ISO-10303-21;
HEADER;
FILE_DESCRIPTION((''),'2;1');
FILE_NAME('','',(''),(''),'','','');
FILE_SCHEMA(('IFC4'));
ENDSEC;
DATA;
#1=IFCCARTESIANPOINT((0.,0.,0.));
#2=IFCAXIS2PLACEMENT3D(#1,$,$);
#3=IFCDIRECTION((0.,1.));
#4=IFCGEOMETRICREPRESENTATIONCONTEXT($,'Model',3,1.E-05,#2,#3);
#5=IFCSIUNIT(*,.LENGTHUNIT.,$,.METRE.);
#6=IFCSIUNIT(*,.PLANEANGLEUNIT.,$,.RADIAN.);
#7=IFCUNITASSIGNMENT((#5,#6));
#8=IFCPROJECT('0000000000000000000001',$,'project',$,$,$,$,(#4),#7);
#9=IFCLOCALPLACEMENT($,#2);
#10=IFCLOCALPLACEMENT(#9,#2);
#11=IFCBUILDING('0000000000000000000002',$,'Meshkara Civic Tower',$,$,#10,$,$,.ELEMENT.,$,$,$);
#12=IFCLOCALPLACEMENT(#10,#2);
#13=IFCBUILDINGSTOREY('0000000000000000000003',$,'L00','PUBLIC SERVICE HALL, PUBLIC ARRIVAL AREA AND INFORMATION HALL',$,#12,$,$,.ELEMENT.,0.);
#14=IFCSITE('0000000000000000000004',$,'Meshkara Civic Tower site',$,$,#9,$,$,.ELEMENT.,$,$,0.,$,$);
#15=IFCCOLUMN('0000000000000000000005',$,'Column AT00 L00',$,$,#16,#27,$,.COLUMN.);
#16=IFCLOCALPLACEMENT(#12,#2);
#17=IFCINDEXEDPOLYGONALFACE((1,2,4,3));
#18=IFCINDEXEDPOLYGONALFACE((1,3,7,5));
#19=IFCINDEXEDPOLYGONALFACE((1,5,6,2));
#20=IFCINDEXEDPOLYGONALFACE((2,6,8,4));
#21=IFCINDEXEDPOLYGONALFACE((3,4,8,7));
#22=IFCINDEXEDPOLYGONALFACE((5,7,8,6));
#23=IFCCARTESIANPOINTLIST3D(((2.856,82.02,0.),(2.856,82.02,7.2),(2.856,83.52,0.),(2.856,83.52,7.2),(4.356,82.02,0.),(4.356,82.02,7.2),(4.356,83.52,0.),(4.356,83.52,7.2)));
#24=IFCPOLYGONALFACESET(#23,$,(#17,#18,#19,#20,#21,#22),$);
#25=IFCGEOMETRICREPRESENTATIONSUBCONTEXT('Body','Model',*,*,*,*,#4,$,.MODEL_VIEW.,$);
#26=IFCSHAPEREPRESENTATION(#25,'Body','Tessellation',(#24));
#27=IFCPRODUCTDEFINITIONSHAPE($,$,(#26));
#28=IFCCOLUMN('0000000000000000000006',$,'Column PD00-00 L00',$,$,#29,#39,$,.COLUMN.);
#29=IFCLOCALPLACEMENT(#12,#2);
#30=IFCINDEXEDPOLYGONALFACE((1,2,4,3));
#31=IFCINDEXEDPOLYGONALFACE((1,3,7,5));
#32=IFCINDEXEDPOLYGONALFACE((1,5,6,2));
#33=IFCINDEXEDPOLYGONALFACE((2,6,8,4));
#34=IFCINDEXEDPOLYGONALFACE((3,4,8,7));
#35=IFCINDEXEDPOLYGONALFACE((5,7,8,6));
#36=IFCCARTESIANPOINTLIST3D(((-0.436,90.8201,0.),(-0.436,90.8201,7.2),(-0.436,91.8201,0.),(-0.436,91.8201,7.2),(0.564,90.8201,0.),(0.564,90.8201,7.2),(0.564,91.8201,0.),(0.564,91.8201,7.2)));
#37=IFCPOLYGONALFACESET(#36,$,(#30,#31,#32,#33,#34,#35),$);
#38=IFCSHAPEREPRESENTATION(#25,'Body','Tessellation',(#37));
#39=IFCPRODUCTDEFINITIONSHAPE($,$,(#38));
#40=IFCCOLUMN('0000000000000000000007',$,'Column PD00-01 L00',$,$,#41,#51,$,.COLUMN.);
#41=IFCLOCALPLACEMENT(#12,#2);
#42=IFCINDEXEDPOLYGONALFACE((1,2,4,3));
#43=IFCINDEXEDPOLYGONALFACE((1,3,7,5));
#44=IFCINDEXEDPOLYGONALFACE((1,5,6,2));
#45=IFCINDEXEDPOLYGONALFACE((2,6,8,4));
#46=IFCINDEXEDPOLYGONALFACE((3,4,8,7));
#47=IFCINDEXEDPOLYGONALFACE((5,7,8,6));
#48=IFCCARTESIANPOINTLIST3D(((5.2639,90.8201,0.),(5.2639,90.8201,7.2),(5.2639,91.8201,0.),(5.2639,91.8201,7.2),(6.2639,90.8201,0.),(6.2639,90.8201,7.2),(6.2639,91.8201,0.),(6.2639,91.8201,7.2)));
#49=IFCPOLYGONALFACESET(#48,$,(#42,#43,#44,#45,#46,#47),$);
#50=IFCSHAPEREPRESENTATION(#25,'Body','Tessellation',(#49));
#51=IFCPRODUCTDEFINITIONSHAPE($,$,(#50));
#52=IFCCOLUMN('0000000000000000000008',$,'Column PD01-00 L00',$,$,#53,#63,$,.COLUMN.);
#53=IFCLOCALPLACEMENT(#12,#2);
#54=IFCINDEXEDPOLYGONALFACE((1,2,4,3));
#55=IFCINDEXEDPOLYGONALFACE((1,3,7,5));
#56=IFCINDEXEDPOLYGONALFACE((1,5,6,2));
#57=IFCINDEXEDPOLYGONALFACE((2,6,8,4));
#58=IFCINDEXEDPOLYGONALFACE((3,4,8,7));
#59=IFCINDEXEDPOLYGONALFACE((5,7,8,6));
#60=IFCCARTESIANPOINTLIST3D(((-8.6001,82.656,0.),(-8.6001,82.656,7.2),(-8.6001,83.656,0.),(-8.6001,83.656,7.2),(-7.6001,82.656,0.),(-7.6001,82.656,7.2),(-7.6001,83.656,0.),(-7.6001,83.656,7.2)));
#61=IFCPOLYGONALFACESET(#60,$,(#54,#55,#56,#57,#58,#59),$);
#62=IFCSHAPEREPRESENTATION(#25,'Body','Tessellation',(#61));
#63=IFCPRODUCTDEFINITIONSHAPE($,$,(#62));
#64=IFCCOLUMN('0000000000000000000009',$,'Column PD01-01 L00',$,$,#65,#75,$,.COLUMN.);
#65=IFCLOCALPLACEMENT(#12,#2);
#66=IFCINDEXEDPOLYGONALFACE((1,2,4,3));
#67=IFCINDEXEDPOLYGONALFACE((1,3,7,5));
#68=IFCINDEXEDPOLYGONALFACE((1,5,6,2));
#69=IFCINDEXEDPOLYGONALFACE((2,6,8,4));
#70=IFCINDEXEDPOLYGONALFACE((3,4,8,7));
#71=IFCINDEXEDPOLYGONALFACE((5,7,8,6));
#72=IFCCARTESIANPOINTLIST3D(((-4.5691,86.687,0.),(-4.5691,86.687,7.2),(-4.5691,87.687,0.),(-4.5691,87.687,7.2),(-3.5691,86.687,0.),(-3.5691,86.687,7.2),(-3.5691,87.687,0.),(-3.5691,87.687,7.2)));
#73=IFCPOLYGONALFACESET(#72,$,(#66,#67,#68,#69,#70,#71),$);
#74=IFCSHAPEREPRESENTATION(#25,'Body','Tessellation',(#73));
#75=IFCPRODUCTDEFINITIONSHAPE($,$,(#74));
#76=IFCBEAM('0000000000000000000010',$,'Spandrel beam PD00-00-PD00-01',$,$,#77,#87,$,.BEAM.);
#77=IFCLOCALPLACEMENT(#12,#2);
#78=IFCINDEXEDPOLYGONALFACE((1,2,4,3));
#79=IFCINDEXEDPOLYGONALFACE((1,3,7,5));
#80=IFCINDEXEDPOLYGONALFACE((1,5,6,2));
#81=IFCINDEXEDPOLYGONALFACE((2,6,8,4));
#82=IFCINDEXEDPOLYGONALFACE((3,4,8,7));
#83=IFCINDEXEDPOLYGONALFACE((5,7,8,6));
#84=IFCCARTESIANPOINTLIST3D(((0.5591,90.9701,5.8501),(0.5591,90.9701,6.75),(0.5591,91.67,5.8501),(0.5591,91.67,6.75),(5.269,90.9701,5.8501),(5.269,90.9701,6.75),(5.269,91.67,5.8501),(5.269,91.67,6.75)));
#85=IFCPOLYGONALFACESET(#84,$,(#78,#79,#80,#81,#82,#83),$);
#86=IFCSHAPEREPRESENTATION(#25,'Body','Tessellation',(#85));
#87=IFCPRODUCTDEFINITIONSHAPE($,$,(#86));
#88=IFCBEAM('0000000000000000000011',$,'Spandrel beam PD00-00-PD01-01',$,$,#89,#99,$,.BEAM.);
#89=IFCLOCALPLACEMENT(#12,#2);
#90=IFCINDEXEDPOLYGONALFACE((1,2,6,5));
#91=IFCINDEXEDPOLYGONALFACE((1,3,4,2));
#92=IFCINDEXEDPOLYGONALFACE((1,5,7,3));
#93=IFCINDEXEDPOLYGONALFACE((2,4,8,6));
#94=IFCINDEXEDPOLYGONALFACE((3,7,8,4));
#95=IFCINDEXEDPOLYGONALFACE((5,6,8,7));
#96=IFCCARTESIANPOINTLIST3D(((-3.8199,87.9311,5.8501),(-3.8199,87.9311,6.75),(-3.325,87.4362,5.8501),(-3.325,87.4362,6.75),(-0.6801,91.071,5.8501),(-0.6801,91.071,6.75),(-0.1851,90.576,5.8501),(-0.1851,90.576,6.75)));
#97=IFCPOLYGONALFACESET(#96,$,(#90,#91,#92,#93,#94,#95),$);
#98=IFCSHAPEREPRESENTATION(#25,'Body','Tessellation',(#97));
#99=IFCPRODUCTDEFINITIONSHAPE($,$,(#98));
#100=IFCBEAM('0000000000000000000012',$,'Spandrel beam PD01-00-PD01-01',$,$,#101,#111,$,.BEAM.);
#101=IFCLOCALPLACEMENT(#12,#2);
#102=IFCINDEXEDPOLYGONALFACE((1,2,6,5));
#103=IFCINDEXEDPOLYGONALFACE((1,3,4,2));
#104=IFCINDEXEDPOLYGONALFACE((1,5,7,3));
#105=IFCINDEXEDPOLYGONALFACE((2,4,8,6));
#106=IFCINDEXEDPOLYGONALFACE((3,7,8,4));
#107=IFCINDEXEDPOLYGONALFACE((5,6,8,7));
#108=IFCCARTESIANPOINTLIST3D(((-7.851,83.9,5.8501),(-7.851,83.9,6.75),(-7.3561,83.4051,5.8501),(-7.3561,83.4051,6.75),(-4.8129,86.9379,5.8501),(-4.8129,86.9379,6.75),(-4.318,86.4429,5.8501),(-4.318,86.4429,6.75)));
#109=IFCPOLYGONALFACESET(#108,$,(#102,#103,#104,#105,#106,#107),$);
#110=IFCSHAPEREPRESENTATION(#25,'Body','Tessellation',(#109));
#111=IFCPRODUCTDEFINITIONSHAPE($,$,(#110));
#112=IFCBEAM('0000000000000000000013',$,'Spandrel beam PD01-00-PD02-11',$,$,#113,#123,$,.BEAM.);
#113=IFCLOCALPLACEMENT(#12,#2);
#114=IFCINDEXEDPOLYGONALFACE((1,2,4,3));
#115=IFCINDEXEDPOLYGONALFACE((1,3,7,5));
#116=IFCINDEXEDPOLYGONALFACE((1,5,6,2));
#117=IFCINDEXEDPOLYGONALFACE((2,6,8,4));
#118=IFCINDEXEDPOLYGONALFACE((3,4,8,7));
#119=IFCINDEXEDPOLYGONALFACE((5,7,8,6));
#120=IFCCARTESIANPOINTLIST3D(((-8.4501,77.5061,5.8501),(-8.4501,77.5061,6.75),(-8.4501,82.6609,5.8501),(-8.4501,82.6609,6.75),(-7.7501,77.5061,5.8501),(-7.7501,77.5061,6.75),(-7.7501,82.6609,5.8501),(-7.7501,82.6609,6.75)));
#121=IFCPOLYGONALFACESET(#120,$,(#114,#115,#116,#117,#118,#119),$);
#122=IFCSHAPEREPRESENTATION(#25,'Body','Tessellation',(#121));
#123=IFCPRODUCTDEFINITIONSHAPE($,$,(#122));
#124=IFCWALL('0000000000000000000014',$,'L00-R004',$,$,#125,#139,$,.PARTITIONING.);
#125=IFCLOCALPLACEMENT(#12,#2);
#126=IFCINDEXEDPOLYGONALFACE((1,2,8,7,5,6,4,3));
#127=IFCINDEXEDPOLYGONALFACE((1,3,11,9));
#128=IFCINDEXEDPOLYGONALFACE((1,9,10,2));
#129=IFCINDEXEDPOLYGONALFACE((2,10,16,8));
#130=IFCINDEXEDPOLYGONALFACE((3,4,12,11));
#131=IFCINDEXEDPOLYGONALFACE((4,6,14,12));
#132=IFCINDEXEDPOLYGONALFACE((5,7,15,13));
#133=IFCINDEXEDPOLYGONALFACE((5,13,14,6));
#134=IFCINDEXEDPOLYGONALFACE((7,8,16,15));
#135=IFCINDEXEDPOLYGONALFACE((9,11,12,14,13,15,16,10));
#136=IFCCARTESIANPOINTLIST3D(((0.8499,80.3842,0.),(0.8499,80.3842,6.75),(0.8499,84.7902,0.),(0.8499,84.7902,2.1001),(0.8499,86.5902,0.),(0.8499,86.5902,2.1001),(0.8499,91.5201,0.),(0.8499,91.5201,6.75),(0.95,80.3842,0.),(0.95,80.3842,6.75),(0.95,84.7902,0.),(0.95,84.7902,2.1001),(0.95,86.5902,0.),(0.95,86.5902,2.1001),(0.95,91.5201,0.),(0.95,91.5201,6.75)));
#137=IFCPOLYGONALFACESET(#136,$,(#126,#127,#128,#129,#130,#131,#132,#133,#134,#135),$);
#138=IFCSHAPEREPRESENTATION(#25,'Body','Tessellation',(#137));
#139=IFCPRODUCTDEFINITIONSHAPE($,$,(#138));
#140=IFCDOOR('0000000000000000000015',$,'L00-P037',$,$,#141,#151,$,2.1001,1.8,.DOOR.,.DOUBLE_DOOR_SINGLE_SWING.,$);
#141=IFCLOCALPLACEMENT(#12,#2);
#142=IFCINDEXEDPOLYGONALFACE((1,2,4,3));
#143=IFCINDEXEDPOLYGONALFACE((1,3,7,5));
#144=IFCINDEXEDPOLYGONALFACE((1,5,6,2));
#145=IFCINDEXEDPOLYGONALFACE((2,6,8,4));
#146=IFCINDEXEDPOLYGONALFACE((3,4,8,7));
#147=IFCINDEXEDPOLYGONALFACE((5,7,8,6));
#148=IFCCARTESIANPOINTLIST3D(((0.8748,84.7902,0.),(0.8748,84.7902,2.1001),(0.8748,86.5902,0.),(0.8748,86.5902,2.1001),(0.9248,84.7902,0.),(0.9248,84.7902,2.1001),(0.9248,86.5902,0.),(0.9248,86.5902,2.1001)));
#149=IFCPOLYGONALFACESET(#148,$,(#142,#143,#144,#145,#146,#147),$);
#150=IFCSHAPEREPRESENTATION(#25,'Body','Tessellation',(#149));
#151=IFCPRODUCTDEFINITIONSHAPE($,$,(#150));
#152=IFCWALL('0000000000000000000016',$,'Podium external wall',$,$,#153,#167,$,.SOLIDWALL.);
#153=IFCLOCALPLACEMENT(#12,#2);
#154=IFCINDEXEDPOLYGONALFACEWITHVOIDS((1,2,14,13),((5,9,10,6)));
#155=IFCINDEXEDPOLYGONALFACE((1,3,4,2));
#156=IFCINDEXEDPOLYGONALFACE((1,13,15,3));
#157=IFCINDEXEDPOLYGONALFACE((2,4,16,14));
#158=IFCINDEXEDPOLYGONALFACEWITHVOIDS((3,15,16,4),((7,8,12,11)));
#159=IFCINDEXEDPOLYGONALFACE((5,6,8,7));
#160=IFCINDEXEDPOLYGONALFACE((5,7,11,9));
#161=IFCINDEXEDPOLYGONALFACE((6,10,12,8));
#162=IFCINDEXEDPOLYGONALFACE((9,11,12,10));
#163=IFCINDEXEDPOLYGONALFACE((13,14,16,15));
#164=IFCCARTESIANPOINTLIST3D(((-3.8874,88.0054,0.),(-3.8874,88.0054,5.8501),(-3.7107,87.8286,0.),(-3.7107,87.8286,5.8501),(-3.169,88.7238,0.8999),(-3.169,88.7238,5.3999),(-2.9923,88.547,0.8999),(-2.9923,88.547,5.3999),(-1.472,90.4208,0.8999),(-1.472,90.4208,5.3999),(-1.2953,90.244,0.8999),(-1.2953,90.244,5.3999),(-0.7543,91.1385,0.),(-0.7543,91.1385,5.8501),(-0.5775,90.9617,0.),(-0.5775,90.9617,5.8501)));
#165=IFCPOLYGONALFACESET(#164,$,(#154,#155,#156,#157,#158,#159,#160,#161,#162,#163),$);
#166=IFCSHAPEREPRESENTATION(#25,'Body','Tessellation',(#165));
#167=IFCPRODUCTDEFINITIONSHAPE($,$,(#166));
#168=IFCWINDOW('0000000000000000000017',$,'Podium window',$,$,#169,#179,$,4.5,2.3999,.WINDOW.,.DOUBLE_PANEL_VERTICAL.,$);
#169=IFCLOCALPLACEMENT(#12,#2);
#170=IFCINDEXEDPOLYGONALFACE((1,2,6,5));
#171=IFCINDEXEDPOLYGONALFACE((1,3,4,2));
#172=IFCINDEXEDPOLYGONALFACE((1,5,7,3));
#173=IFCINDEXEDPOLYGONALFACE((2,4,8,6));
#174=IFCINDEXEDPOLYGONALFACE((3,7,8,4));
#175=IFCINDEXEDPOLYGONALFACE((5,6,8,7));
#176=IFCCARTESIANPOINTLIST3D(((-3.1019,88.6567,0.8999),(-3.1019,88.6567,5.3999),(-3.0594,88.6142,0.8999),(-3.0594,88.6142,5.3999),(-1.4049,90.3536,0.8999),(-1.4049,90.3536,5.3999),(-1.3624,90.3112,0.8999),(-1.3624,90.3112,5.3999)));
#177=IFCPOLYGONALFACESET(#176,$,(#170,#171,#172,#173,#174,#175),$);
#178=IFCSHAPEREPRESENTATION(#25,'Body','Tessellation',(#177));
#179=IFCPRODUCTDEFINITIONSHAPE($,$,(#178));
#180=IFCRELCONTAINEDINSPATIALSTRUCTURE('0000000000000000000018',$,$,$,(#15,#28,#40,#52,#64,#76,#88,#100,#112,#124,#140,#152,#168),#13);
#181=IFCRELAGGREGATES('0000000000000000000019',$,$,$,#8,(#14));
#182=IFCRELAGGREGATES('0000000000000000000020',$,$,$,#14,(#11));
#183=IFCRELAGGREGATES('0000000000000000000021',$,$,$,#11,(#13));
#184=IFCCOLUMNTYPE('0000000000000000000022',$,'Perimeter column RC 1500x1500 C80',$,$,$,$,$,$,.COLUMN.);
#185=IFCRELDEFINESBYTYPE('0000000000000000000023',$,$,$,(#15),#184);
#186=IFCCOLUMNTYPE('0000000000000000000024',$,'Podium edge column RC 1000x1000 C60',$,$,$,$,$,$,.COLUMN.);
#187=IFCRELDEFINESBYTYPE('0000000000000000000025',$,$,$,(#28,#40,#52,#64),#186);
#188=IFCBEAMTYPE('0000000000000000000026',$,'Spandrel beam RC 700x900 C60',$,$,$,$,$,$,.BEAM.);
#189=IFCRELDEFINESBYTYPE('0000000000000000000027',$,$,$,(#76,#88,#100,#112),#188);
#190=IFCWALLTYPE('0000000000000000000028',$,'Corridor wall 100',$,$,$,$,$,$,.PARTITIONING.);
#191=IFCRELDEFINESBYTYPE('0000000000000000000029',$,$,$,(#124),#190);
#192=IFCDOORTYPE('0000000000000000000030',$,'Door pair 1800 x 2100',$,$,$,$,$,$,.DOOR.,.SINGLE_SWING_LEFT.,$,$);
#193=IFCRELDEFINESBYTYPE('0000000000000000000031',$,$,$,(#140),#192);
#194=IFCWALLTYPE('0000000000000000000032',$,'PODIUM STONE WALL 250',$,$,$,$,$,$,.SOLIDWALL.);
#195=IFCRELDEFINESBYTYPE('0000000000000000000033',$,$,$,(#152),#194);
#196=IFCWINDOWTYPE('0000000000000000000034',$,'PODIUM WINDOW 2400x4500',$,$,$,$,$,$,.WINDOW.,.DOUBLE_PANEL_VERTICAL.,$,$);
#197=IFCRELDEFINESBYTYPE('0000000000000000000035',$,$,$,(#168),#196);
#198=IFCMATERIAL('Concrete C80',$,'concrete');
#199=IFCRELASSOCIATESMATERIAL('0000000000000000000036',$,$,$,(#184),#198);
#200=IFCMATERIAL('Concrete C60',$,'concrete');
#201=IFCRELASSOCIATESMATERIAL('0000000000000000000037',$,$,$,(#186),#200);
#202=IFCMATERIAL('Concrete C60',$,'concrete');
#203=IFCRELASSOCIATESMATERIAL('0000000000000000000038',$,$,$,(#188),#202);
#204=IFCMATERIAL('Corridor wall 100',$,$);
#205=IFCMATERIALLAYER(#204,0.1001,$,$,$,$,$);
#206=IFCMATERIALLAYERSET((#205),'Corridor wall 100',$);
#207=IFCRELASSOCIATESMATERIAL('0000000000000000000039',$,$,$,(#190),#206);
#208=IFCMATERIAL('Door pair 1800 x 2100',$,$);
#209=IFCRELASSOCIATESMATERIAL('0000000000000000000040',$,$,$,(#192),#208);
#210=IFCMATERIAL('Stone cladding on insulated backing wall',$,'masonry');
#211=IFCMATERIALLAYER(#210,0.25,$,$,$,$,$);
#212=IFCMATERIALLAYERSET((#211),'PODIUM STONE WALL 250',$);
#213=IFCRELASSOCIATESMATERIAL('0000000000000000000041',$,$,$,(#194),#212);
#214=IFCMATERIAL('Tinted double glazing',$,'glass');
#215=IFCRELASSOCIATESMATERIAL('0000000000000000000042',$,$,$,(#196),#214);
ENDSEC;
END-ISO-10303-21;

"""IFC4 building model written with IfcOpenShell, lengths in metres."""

from ifc_helpers import new_model, si_unit, direction, frame, frame_2d, origin, origin_2d, place, context, subcontext, project, spatial, rectangle, extrude, material, layer, layer_set, material_profile, profile_set, type_object, element, fill, save


model = new_model("IFC4")

# Units and contexts
model_context = context("Model", 3, precision=1e-05, world=origin(), true_north=direction((0.0, 1.0)))
body_context = subcontext(model_context, "Body", "Model", "MODEL_VIEW")
ifc_project = project(units=[si_unit("LENGTHUNIT", "METRE"), si_unit("PLANEANGLEUNIT", "RADIAN")], contexts=[model_context])

# Site, building, storey
site_placement = place(None, origin())
site = spatial("IfcSite", under=ifc_project, at=site_placement, Name="Meshkara Civic Tower site", CompositionType="ELEMENT", RefElevation=0.0)
building_placement = place(site_placement, origin())
building = spatial("IfcBuilding", under=site, at=building_placement, Name="Meshkara Civic Tower", CompositionType="ELEMENT")
storey_placement = place(building_placement, origin())
storey = spatial("IfcBuildingStorey", under=building, at=storey_placement, Name="L00", Description="PUBLIC SERVICE HALL, PUBLIC ARRIVAL AREA AND INFORMATION HALL", CompositionType="ELEMENT", Elevation=0.0)

# Columns
ifc_material_1 = material(Name="Concrete C80", Category="concrete")
ifc_material_profile_1 = material_profile(ifc_material_1, rectangle(XDim=1.5, YDim=1.5, at=origin_2d()))
ifc_profile_set_1 = profile_set([ifc_material_profile_1], Name="Concrete C80")
column_type_1 = type_object("IfcColumnType", Name="Perimeter column RC 1500x1500 C80", PredefinedType="COLUMN", material=ifc_profile_set_1)
column_placement = place(storey_placement, frame((3.606, 82.77, 0.0), z_axis=(0.0, 0.0, 1.0), x_axis=(1.0, 0.0, 0.0)))
element("IfcColumn", 1, at=column_placement, inside=storey, type_object=column_type_1, Name="Column AT00 L00", PredefinedType="COLUMN", context=body_context, shape_type="SweptSolid", body=[
    extrude(rectangle(XDim=1.5, YDim=1.5, at=origin_2d()), origin(), (0.0, 0.0, 1.0), 7.2),
])
ifc_material_2 = material(Name="Concrete C60", Category="concrete")
ifc_material_profile_2 = material_profile(ifc_material_2, rectangle(XDim=1.0, YDim=1.0, at=origin_2d()))
ifc_profile_set_2 = profile_set([ifc_material_profile_2], Name="Concrete C60")
column_type_2 = type_object("IfcColumnType", Name="Podium edge column RC 1000x1000 C60", PredefinedType="COLUMN", material=ifc_profile_set_2)
for number, where, z_axis, x_axis, name in (
    (2, (0.064, 91.3201, 0.0), (0.0, 0.0, 1.0), (1.0, 0.0, 0.0), "Column PD00-00 L00"),
    (3, (5.7639, 91.3201, 0.0), (0.0, 0.0, 1.0), (1.0, 0.0, 0.0), "Column PD00-01 L00"),
    (4, (-8.1001, 83.156, 0.0), (0.0, 0.0, 1.0), (1.0, 0.0, 0.0), "Column PD01-00 L00"),
    (5, (-4.0691, 87.187, 0.0), (0.0, 0.0, 1.0), (1.0, 0.0, 0.0), "Column PD01-01 L00"),
):
    element("IfcColumn", number, at=place(storey_placement, frame(where, z_axis=z_axis, x_axis=x_axis)), inside=storey, type_object=column_type_2, Name=name, PredefinedType="COLUMN", context=body_context, shape_type="SweptSolid", body=[
        extrude(rectangle(XDim=1.0, YDim=1.0, at=origin_2d()), origin(), (0.0, 0.0, 1.0), 7.2),
    ])

# Beams
ifc_material_3 = material(Name="Concrete C60", Category="concrete")
ifc_material_profile_3 = material_profile(ifc_material_3, rectangle(XDim=0.7, YDim=0.8999, at=origin_2d()))
ifc_profile_set_3 = profile_set([ifc_material_profile_3], Name="Concrete C60")
beam_type = type_object("IfcBeamType", Name="Spandrel beam RC 700x900 C60", PredefinedType="BEAM", material=ifc_profile_set_3)
beam_1_placement = place(storey_placement, frame((5.269, 91.3201, 6.3), z_axis=(-1.0, 0.0, 0.0), x_axis=(0.0, -1.0, 0.0)))
element("IfcBeam", 6, at=beam_1_placement, inside=storey, type_object=beam_type, Name="Spandrel beam PD00-00-PD00-01", PredefinedType="BEAM", context=body_context, shape_type="SweptSolid", body=[
    extrude(rectangle(XDim=0.7, YDim=0.8999, at=origin_2d()), origin(), (0.0, 0.0, 1.0), 4.71),
])
beam_2_placement = place(storey_placement, frame((-0.4326, 90.8235, 6.3), z_axis=(-0.707107, -0.707107, 0.0), x_axis=(0.707107, -0.707107, 0.0)))
element("IfcBeam", 7, at=beam_2_placement, inside=storey, type_object=beam_type, Name="Spandrel beam PD00-00-PD01-01", PredefinedType="BEAM", context=body_context, shape_type="SweptSolid", body=[
    extrude(rectangle(XDim=0.7, YDim=0.8999, at=origin_2d()), origin(), (0.0, 0.0, 1.0), 4.4404),
])
beam_3_placement = place(storey_placement, frame((-4.5654, 86.6904, 6.3), z_axis=(-0.707135, -0.707078, 0.0), x_axis=(0.707078, -0.707135, 0.0)))
element("IfcBeam", 8, at=beam_3_placement, inside=storey, type_object=beam_type, Name="Spandrel beam PD01-00-PD01-01", PredefinedType="BEAM", context=body_context, shape_type="SweptSolid", body=[
    extrude(rectangle(XDim=0.7, YDim=0.8999, at=origin_2d()), origin(), (0.0, 0.0, 1.0), 4.2964),
])
beam_4_placement = place(storey_placement, frame((-8.1001, 82.6609, 6.3), z_axis=(0.0, -1.0, 0.0), x_axis=(1.0, 0.0, 0.0)))
element("IfcBeam", 9, at=beam_4_placement, inside=storey, type_object=beam_type, Name="Spandrel beam PD01-00-PD02-11", PredefinedType="BEAM", context=body_context, shape_type="SweptSolid", body=[
    extrude(rectangle(XDim=0.7, YDim=0.8999, at=origin_2d()), origin(), (0.0, 0.0, 1.0), 5.1548),
])

# Wall, opening, door
ifc_material_4 = material(Name="Corridor wall 100")
ifc_layer_1 = layer(ifc_material_4, 0.1001)
ifc_layer_set_1 = layer_set([ifc_layer_1], Name="Corridor wall 100")
wall_type_1 = type_object("IfcWallType", Name="Corridor wall 100", PredefinedType="PARTITIONING", material=ifc_layer_set_1)
wall_1_placement = place(storey_placement, frame((0.8999, 91.52, 0.0), z_axis=(0.0, 0.0, 1.0), x_axis=(0.0, -1.0, 0.0)))
wall_1 = element("IfcWall", 10, at=wall_1_placement, inside=storey, type_object=wall_type_1, Name="L00-R004", PredefinedType="PARTITIONING", context=body_context, shape_type="SweptSolid", body=[
    extrude(rectangle(XDim=11.136, YDim=0.1001, at=frame_2d((5.5679, 0.0))), origin(), (0.0, 0.0, 1.0), 6.75),
])
opening_1_placement = place(wall_1_placement, frame((4.9299, 0.0, 0.0)))
opening_1 = element("IfcOpeningElement", 11, at=opening_1_placement, cuts=wall_1, PredefinedType="OPENING", context=body_context, shape_type="SweptSolid", body=[
    extrude(rectangle(XDim=1.8, YDim=2.1001, at=frame_2d((0.8999, 1.05))), frame((0.0, 0.0601, 0.0), z_axis=(0.0, -1.0, 0.0), x_axis=(1.0, 0.0, 0.0)), (0.0, 0.0, 1.0), 0.1201),
])
ifc_material_5 = material(Name="Door pair 1800 x 2100")
door_type_1 = type_object("IfcDoorType", Name="Door pair 1800 x 2100", OperationType="SINGLE_SWING_LEFT", PredefinedType="DOOR", material=ifc_material_5)
door_1_placement = place(opening_1_placement, origin())
door_1 = element("IfcDoor", 12, at=door_1_placement, inside=storey, type_object=door_type_1, Name="L00-P037", OperationType="DOUBLE_DOOR_SINGLE_SWING", OverallHeight=2.1001, OverallWidth=1.8, PredefinedType="DOOR", context=body_context, shape_type="SweptSolid", body=[
    extrude(rectangle(XDim=1.8, YDim=2.1001, at=frame_2d((0.8999, 1.05))), frame((0.0, 0.0249, 0.0), z_axis=(0.0, -1.0, 0.0), x_axis=(1.0, 0.0, 0.0)), (0.0, 0.0, 1.0), 0.05),
])
fill(opening_1, door_1)
ifc_material_6 = material(Name="Stone cladding on insulated backing wall", Category="masonry")
ifc_layer_2 = layer(ifc_material_6, 0.25)
ifc_layer_set_2 = layer_set([ifc_layer_2], Name="PODIUM STONE WALL 250")
wall_type_2 = type_object("IfcWallType", Name="PODIUM STONE WALL 250", PredefinedType="SOLIDWALL", material=ifc_layer_set_2)

# Wall, opening, window
wall_2_placement = place(storey_placement, frame((-0.666, 91.05, 0.0), z_axis=(0.0, 0.0, 1.0), x_axis=(-0.707107, -0.707107, 0.0)))
wall_2 = element("IfcWall", 13, at=wall_2_placement, inside=storey, type_object=wall_type_2, Name="Podium external wall", PredefinedType="SOLIDWALL", context=body_context, shape_type="SweptSolid", body=[
    extrude(rectangle(XDim=4.4309, YDim=0.25, at=frame_2d((2.2153, 0.0))), origin(), (0.0, 0.0, 1.0), 5.8501),
])
opening_2_placement = place(wall_2_placement, frame((1.0149, 0.0, 0.8999)))
opening_2 = element("IfcOpeningElement", 14, at=opening_2_placement, cuts=wall_2, PredefinedType="OPENING", context=body_context, shape_type="SweptSolid", body=[
    extrude(rectangle(XDim=2.3999, YDim=4.5, at=frame_2d((1.2, 2.25))), frame((0.0, 0.135, 0.0), z_axis=(0.0, -1.0, 0.0), x_axis=(1.0, 0.0, 0.0)), (0.0, 0.0, 1.0), 0.27),
])
ifc_material_7 = material(Name="Tinted double glazing", Category="glass")
window_type = type_object("IfcWindowType", Name="PODIUM WINDOW 2400x4500", PartitioningType="DOUBLE_PANEL_VERTICAL", PredefinedType="WINDOW", material=ifc_material_7)
window_1_placement = place(opening_2_placement, origin())
window_1 = element("IfcWindow", 15, at=window_1_placement, inside=storey, type_object=window_type, Name="Podium window", OverallHeight=4.5, OverallWidth=2.3999, PartitioningType="DOUBLE_PANEL_VERTICAL", PredefinedType="WINDOW", context=body_context, shape_type="SweptSolid", body=[
    extrude(rectangle(XDim=2.3999, YDim=4.5, at=frame_2d((1.2, 2.25))), frame((0.0, 0.03, 0.0), z_axis=(0.0, -1.0, 0.0), x_axis=(1.0, 0.0, 0.0)), (0.0, 0.0, 1.0), 0.0601),
])
fill(opening_2, window_1)

save(model, "model.ifc")
